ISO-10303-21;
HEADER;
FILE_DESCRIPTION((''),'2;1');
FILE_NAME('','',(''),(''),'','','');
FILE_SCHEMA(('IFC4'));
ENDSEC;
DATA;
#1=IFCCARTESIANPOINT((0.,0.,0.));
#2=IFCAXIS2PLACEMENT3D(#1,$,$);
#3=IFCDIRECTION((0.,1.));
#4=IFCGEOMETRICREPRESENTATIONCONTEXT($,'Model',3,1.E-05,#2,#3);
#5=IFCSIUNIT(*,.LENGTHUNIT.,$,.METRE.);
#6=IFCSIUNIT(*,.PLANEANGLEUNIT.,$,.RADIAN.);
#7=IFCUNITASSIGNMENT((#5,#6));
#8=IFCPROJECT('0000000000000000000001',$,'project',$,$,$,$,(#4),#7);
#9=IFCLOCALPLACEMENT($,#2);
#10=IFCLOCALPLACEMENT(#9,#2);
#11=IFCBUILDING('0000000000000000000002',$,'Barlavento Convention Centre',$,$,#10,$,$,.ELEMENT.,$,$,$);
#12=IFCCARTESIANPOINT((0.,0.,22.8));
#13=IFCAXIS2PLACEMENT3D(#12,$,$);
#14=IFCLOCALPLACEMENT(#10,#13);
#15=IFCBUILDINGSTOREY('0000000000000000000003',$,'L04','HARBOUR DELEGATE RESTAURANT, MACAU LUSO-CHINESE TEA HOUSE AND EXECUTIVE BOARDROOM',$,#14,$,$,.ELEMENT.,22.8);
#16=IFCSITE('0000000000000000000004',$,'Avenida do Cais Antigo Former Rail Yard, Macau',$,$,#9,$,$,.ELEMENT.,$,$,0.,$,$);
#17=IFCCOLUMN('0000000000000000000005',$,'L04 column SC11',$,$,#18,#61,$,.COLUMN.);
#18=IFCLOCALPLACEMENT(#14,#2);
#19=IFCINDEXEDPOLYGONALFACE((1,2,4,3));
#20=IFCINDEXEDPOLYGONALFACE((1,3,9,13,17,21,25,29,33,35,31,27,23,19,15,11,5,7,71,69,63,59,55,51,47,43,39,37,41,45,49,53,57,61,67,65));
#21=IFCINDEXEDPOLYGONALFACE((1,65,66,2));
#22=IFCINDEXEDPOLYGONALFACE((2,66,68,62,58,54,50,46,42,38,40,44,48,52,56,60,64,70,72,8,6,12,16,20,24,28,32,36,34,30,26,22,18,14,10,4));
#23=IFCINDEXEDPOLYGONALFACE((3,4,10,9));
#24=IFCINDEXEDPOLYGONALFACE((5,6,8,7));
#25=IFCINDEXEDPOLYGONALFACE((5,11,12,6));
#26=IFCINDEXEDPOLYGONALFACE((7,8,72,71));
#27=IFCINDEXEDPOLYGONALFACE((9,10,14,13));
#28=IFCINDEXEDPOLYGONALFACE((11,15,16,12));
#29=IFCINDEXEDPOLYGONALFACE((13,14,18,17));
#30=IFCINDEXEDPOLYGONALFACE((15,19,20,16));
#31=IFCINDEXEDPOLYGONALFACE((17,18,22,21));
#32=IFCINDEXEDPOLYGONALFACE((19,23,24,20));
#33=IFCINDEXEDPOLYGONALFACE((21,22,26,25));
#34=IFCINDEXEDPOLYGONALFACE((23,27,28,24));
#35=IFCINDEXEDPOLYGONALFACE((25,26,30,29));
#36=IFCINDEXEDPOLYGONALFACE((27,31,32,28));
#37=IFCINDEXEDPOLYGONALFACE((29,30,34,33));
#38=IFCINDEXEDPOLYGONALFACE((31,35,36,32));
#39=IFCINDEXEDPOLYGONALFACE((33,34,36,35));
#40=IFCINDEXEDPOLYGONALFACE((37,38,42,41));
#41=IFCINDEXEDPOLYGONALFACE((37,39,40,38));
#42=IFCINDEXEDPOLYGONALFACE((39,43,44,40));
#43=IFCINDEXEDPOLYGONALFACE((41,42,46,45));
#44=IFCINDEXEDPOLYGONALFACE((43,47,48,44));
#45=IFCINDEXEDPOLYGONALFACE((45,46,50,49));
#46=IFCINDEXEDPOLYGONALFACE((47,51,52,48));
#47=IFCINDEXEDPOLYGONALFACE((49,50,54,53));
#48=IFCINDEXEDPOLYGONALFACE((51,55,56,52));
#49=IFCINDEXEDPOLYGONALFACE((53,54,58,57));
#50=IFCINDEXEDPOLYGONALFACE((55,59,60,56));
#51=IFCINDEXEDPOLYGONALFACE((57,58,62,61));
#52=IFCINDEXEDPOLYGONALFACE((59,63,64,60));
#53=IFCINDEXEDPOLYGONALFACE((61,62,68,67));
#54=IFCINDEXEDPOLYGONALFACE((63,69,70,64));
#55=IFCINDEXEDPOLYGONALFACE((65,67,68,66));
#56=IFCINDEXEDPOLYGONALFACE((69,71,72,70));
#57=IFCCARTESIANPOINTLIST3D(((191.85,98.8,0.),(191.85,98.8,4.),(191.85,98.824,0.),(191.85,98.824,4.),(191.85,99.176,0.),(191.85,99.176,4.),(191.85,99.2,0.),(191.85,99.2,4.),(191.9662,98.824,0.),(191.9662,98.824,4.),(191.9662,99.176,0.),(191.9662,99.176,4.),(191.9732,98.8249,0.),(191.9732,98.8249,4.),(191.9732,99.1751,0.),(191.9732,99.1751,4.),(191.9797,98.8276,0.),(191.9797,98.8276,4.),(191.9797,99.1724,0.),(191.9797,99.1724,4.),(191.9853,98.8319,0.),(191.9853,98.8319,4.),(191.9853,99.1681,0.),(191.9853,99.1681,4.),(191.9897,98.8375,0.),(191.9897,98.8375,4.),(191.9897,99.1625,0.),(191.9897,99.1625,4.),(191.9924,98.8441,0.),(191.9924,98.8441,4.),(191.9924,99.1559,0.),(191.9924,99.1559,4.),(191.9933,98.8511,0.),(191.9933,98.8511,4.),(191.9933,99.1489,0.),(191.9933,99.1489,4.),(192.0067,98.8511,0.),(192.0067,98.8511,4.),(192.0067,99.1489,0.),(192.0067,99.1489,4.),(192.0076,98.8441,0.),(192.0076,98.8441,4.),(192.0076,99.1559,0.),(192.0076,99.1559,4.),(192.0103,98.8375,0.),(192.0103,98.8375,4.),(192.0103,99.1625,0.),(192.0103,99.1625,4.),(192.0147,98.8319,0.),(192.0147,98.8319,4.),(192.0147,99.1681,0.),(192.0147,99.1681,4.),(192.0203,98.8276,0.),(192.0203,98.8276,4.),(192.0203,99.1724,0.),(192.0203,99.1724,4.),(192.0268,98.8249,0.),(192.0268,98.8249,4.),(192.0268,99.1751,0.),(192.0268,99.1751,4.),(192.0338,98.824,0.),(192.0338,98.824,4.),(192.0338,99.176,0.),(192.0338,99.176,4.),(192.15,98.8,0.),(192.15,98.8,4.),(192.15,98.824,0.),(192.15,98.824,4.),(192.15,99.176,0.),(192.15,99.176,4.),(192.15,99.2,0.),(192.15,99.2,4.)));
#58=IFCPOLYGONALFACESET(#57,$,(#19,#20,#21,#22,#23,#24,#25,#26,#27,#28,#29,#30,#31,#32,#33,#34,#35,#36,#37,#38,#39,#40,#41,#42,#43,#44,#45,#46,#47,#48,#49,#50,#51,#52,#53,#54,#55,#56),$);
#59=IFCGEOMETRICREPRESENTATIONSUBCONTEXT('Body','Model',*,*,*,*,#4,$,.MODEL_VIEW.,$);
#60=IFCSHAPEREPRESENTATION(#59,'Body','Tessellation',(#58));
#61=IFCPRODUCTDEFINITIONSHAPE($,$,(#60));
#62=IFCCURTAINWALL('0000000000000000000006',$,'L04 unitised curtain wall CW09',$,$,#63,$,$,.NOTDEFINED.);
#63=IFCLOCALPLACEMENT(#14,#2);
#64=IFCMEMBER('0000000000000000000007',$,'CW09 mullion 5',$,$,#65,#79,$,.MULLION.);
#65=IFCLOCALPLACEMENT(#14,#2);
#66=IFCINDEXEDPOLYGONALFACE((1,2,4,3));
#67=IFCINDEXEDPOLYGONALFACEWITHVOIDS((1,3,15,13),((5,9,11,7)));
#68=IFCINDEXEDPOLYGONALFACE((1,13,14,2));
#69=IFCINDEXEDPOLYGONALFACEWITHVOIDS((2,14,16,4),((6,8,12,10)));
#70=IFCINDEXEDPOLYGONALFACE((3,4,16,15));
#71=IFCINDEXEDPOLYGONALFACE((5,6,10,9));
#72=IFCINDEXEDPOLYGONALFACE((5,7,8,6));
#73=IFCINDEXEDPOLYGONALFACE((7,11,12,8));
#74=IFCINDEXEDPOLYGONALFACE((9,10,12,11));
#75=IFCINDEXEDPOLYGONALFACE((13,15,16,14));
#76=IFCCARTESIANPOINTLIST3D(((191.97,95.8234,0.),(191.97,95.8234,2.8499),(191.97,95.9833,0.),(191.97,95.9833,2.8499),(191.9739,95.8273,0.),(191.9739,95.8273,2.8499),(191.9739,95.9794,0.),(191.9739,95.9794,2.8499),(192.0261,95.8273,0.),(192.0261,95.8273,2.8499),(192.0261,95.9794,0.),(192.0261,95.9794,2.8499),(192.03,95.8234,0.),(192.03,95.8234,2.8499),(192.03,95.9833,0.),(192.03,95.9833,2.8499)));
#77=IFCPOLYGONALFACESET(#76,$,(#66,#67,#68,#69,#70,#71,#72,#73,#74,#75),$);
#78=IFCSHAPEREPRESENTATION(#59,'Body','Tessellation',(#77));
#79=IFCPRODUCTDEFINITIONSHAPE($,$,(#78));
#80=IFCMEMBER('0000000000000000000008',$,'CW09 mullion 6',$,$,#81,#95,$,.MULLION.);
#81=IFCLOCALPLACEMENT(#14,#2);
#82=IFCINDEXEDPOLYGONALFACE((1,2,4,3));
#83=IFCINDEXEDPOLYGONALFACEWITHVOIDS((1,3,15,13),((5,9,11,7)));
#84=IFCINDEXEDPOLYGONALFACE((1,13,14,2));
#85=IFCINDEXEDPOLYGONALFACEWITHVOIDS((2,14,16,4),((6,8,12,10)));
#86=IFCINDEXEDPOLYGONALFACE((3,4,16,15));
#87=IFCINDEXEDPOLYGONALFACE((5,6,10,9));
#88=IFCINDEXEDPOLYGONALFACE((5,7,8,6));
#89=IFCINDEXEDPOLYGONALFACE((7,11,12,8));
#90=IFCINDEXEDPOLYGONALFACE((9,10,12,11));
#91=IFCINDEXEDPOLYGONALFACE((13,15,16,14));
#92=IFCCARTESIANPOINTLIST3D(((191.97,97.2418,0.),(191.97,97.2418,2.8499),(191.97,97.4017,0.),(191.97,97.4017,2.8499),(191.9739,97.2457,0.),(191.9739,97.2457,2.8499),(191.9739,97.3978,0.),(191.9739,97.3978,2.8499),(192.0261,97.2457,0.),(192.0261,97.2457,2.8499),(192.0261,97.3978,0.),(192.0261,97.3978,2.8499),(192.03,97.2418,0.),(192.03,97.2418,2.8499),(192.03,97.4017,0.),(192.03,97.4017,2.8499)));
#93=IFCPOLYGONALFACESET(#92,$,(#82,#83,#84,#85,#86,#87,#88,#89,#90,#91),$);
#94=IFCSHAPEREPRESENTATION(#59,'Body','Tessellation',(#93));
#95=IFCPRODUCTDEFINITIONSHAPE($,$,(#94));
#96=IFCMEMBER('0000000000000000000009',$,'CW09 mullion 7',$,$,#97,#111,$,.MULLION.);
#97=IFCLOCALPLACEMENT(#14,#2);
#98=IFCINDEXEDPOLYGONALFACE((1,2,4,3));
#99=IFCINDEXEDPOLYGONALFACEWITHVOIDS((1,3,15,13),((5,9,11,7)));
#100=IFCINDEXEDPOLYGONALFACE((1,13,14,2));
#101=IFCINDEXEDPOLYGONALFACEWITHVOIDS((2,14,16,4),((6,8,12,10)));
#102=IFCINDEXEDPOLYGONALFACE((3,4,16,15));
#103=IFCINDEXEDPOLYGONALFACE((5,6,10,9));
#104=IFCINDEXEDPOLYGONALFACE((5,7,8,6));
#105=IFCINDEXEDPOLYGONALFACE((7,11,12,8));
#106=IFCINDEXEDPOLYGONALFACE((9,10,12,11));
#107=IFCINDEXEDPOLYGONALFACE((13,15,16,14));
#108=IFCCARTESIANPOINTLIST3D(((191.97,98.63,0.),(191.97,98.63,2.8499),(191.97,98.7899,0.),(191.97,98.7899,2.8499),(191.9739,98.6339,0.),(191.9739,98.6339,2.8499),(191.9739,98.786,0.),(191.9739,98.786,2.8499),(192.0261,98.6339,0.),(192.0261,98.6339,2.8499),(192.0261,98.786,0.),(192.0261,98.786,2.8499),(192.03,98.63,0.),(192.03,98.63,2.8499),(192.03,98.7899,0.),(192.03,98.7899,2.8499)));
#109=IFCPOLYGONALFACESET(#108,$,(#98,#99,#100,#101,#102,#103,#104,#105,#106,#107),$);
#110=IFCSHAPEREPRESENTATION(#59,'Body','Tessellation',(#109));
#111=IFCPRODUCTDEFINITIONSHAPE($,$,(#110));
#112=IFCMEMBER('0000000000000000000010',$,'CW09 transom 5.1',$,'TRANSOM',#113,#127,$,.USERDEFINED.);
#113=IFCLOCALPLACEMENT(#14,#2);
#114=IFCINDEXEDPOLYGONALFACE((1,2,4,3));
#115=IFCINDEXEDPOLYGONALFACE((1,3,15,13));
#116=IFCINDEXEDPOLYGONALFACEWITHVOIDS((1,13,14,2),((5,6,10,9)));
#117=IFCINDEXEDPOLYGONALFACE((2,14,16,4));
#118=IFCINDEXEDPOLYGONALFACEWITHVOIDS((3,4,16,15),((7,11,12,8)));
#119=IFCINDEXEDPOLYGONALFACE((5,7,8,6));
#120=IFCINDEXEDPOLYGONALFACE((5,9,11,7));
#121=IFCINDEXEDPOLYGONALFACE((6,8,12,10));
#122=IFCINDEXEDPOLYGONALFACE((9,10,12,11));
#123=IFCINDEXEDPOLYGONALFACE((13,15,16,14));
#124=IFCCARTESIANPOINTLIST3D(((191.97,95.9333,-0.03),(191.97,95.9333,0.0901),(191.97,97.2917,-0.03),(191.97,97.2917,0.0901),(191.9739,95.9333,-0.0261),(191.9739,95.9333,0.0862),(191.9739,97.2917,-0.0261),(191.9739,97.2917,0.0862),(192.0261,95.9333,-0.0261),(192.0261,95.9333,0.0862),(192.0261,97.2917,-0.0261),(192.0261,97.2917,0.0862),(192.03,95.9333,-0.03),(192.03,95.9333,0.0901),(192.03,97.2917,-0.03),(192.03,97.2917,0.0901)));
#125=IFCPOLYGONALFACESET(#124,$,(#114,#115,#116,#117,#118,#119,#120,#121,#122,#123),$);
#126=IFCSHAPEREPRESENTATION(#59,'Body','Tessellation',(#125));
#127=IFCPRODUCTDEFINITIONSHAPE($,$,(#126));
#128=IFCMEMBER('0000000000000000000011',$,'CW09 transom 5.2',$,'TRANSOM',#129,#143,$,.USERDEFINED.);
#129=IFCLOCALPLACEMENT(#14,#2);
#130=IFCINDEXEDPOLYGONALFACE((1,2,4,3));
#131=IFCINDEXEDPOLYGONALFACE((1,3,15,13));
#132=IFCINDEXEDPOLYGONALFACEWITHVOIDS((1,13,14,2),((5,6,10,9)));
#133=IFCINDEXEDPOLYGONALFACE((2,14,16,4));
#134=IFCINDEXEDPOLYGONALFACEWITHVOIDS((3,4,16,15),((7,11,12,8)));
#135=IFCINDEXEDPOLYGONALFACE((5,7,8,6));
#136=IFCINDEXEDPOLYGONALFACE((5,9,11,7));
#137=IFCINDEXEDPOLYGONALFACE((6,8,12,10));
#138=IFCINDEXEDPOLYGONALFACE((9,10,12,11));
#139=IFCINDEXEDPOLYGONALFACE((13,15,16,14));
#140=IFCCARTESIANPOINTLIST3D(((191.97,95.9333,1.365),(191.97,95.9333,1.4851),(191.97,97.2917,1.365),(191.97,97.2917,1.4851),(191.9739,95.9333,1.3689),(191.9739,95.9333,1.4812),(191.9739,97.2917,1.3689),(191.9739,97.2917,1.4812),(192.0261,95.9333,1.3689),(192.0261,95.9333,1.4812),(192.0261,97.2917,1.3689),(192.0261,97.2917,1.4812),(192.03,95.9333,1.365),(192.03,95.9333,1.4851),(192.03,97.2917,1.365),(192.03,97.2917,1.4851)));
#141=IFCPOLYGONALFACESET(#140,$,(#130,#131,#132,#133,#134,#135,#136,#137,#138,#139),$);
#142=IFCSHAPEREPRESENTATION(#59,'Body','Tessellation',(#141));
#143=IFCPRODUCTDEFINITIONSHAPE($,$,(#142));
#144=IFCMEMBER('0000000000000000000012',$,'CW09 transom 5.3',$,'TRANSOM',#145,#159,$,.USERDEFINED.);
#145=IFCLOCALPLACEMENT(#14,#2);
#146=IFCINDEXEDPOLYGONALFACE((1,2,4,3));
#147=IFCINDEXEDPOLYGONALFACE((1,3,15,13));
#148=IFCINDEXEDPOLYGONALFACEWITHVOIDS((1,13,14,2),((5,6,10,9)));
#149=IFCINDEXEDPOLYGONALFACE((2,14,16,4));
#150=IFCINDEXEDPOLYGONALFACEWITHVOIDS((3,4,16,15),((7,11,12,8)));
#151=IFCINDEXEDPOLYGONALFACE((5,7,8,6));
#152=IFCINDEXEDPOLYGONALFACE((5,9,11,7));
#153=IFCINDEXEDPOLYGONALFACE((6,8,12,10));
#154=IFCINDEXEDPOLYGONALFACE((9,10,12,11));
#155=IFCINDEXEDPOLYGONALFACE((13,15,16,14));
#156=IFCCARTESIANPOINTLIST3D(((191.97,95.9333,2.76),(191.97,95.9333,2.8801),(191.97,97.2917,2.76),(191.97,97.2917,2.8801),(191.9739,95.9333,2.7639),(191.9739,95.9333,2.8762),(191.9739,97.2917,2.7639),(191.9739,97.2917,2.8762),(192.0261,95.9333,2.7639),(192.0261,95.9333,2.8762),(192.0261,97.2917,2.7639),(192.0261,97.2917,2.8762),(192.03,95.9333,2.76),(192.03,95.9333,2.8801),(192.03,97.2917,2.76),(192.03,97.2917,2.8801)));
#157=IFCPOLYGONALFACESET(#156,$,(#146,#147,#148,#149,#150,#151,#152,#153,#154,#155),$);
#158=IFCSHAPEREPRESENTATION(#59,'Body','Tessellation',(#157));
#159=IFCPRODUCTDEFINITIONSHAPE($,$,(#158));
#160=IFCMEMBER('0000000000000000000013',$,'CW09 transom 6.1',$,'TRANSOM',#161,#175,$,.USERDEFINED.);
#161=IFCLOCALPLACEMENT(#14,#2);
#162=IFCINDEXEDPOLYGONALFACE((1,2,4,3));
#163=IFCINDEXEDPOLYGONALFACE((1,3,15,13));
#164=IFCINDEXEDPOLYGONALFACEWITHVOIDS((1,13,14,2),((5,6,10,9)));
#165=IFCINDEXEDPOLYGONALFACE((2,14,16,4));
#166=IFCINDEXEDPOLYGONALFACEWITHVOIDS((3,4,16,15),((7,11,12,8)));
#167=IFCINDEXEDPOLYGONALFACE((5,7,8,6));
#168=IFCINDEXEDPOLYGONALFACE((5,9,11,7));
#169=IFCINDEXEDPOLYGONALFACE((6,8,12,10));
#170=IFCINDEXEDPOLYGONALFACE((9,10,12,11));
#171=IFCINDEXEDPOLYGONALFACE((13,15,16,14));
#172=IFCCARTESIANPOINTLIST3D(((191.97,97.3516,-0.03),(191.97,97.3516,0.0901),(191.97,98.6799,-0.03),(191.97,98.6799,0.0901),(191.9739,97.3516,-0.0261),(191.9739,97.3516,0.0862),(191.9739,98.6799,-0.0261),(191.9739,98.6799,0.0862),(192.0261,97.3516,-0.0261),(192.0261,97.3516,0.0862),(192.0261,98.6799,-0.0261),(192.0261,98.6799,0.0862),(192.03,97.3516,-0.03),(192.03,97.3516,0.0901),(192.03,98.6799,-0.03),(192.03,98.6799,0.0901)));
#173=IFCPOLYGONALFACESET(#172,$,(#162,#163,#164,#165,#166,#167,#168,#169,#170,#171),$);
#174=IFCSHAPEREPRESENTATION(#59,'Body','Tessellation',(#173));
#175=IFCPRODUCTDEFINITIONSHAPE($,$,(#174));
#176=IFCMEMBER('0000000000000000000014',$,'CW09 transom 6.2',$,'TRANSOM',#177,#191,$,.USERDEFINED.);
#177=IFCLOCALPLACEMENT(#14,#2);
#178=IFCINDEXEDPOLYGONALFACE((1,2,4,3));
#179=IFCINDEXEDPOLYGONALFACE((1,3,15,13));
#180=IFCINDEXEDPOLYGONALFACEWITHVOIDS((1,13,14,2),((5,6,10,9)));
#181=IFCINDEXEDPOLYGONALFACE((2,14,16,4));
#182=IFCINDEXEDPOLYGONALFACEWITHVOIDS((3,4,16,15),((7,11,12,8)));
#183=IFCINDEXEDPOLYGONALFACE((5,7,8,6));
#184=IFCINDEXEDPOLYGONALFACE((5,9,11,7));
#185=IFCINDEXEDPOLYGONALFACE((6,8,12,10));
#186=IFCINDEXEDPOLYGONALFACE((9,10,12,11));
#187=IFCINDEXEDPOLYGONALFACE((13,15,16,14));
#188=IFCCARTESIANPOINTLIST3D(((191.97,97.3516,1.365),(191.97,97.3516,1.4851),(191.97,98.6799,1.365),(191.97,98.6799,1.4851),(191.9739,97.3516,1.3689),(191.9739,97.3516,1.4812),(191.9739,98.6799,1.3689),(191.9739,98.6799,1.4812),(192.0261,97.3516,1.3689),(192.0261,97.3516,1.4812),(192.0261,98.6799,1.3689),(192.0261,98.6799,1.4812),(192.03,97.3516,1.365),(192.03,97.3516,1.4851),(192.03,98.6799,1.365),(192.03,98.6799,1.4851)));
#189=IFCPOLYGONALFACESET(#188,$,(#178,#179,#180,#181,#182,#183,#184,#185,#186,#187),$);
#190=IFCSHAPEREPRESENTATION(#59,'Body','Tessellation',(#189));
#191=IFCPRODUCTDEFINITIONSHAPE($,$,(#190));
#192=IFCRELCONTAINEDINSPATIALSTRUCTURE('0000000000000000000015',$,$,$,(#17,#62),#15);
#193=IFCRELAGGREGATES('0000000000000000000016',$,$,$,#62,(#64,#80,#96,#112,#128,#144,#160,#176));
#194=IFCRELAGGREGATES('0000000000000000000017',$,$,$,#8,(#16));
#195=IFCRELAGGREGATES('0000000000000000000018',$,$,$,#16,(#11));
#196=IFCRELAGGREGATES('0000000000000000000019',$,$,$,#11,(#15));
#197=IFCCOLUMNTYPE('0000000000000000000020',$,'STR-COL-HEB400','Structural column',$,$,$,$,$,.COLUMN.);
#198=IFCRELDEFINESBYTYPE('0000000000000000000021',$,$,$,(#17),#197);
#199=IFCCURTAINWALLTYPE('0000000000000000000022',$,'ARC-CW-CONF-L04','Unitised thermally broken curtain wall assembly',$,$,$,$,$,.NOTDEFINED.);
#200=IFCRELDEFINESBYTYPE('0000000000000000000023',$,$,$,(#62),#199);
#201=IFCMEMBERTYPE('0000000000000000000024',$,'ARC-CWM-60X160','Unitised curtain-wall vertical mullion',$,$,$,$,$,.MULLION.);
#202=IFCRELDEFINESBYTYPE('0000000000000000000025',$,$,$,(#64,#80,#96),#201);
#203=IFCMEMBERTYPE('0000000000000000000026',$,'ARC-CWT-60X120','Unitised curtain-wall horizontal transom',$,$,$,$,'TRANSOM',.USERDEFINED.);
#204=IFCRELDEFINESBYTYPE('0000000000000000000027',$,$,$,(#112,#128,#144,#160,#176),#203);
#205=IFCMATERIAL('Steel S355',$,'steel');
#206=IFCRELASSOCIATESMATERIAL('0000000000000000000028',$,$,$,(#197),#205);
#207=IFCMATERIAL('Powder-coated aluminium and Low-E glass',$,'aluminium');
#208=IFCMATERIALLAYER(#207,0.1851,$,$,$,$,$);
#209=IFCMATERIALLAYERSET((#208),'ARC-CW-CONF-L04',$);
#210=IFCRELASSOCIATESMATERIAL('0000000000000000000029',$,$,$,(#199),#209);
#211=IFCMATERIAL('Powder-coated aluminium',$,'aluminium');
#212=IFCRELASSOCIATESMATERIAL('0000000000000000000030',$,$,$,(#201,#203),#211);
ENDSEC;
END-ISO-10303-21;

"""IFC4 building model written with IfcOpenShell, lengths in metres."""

from ifc_helpers import new_model, si_unit, direction, frame, origin, origin_2d, place, context, subcontext, project, spatial, hollow_rectangle, i_section, extrude, material, layer, layer_set, material_profile, profile_set, type_object, element, aggregate, save


model = new_model("IFC4")

# Units and contexts
model_context = context("Model", 3, precision=1e-05, world=origin(), true_north=direction((0.0, 1.0)))
body_context = subcontext(model_context, "Body", "Model", "MODEL_VIEW")
ifc_project = project(units=[si_unit("LENGTHUNIT", "METRE"), si_unit("PLANEANGLEUNIT", "RADIAN")], contexts=[model_context])

# Site, building, storey
site_placement = place(None, origin())
site = spatial("IfcSite", under=ifc_project, at=site_placement, Name="Avenida do Cais Antigo Former Rail Yard, Macau", CompositionType="ELEMENT", RefElevation=0.0)
building_placement = place(site_placement, origin())
building = spatial("IfcBuilding", under=site, at=building_placement, Name="Barlavento Convention Centre", CompositionType="ELEMENT")
storey_placement = place(building_placement, frame((0.0, 0.0, 22.8)))
storey = spatial("IfcBuildingStorey", under=building, at=storey_placement, Name="L04", Description="HARBOUR DELEGATE RESTAURANT, MACAU LUSO-CHINESE TEA HOUSE AND EXECUTIVE BOARDROOM", CompositionType="ELEMENT", Elevation=22.8)

# Column
ifc_material_1 = material(Name="Steel S355", Category="steel")
ifc_material_profile_1 = material_profile(ifc_material_1, i_section(OverallWidth=0.3, OverallDepth=0.3999, WebThickness=0.0134, FlangeThickness=0.0239, FilletRadius=0.0271, at=origin_2d()), Name="HEB 400")
ifc_profile_set_1 = profile_set([ifc_material_profile_1], Name="Steel S355")
column_type = type_object("IfcColumnType", Name="STR-COL-HEB400", Description="Structural column", PredefinedType="COLUMN", material=ifc_profile_set_1)
column_placement = place(storey_placement, frame((192.0, 99.0, 0.0), z_axis=(0.0, 0.0, 1.0), x_axis=(1.0, 0.0, 0.0)))
element("IfcColumn", 1, at=column_placement, inside=storey, type_object=column_type, Name="L04 column SC11", PredefinedType="COLUMN", context=body_context, shape_type="SweptSolid", body=[
    extrude(i_section(OverallWidth=0.3, OverallDepth=0.3999, WebThickness=0.0134, FlangeThickness=0.0239, FilletRadius=0.0271, at=origin_2d()), origin(), (0.0, 0.0, 1.0), 4.0),
])

# Curtain wall, members
ifc_material_2 = material(Name="Powder-coated aluminium and Low-E glass", Category="aluminium")
ifc_layer_1 = layer(ifc_material_2, 0.1851)
ifc_layer_set_1 = layer_set([ifc_layer_1], Name="ARC-CW-CONF-L04")
curtain_wall_type = type_object("IfcCurtainWallType", Name="ARC-CW-CONF-L04", Description="Unitised thermally broken curtain wall assembly", PredefinedType="NOTDEFINED", material=ifc_layer_set_1)
curtain_wall_placement = place(storey_placement, origin())
curtain_wall = element("IfcCurtainWall", 2, at=curtain_wall_placement, inside=storey, type_object=curtain_wall_type, Name="L04 unitised curtain wall CW09", PredefinedType="NOTDEFINED")
ifc_material_3 = material(Name="Powder-coated aluminium", Category="aluminium")
ifc_material_profile_2 = material_profile(ifc_material_3, hollow_rectangle(XDim=0.0601, YDim=0.1599, WallThickness=0.0039, at=origin_2d()), Name="AL-MULL 60x160x4")
ifc_profile_set_2 = profile_set([ifc_material_profile_2], Name="Powder-coated aluminium")
member_type_1 = type_object("IfcMemberType", Name="ARC-CWM-60X160", Description="Unitised curtain-wall vertical mullion", PredefinedType="MULLION", material=ifc_profile_set_2)
member_1_placement = place(storey_placement, frame((192.0, 95.9033, 0.0), z_axis=(0.0, 0.0, 1.0), x_axis=(-1.0, 0.0, 0.0)))
member_1 = element("IfcMember", 3, at=member_1_placement, type_object=member_type_1, Name="CW09 mullion 5", PredefinedType="MULLION", context=body_context, shape_type="SweptSolid", body=[
    extrude(hollow_rectangle(XDim=0.0601, YDim=0.1599, WallThickness=0.0039, at=origin_2d()), origin(), (0.0, 0.0, 1.0), 2.8499),
])
member_2_placement = place(storey_placement, frame((192.0, 97.3218, 0.0), z_axis=(0.0, 0.0, 1.0), x_axis=(-1.0, 0.0, 0.0)))
member_2 = element("IfcMember", 4, at=member_2_placement, type_object=member_type_1, Name="CW09 mullion 6", PredefinedType="MULLION", context=body_context, shape_type="SweptSolid", body=[
    extrude(hollow_rectangle(XDim=0.0601, YDim=0.1599, WallThickness=0.0039, at=origin_2d()), origin(), (0.0, 0.0, 1.0), 2.8499),
])
member_3_placement = place(storey_placement, frame((192.0, 98.71, 0.0), z_axis=(0.0, 0.0, 1.0), x_axis=(-1.0, 0.0, 0.0)))
member_3 = element("IfcMember", 5, at=member_3_placement, type_object=member_type_1, Name="CW09 mullion 7", PredefinedType="MULLION", context=body_context, shape_type="SweptSolid", body=[
    extrude(hollow_rectangle(XDim=0.0601, YDim=0.1599, WallThickness=0.0039, at=origin_2d()), origin(), (0.0, 0.0, 1.0), 2.8499),
])
ifc_material_profile_3 = material_profile(ifc_material_3, hollow_rectangle(XDim=0.0601, YDim=0.1201, WallThickness=0.0039, at=origin_2d()), Name="AL-TRAN 60x120x4")
ifc_profile_set_3 = profile_set([ifc_material_profile_3], Name="Powder-coated aluminium")
member_type_2 = type_object("IfcMemberType", Name="ARC-CWT-60X120", Description="Unitised curtain-wall horizontal transom", ElementType="TRANSOM", PredefinedType="USERDEFINED", material=ifc_profile_set_3)
member_4_placement = place(storey_placement, frame((192.0, 95.9333, 0.03), z_axis=(0.0, 1.0, 0.0), x_axis=(-1.0, 0.0, 0.0)))
member_4 = element("IfcMember", 6, at=member_4_placement, type_object=member_type_2, Name="CW09 transom 5.1", ObjectType="TRANSOM", PredefinedType="USERDEFINED", context=body_context, shape_type="SweptSolid", body=[
    extrude(hollow_rectangle(XDim=0.0601, YDim=0.1201, WallThickness=0.0039, at=origin_2d()), origin(), (0.0, 0.0, 1.0), 1.3584),
])
member_5_placement = place(storey_placement, frame((192.0, 95.9333, 1.425), z_axis=(0.0, 1.0, 0.0), x_axis=(-1.0, 0.0, 0.0)))
member_5 = element("IfcMember", 7, at=member_5_placement, type_object=member_type_2, Name="CW09 transom 5.2", ObjectType="TRANSOM", PredefinedType="USERDEFINED", context=body_context, shape_type="SweptSolid", body=[
    extrude(hollow_rectangle(XDim=0.0601, YDim=0.1201, WallThickness=0.0039, at=origin_2d()), origin(), (0.0, 0.0, 1.0), 1.3584),
])
member_6_placement = place(storey_placement, frame((192.0, 95.9333, 2.8201), z_axis=(0.0, 1.0, 0.0), x_axis=(-1.0, 0.0, 0.0)))
member_6 = element("IfcMember", 8, at=member_6_placement, type_object=member_type_2, Name="CW09 transom 5.3", ObjectType="TRANSOM", PredefinedType="USERDEFINED", context=body_context, shape_type="SweptSolid", body=[
    extrude(hollow_rectangle(XDim=0.0601, YDim=0.1201, WallThickness=0.0039, at=origin_2d()), origin(), (0.0, 0.0, 1.0), 1.3584),
])
member_7_placement = place(storey_placement, frame((192.0, 97.3516, 0.03), z_axis=(0.0, 1.0, 0.0), x_axis=(-1.0, 0.0, 0.0)))
member_7 = element("IfcMember", 9, at=member_7_placement, type_object=member_type_2, Name="CW09 transom 6.1", ObjectType="TRANSOM", PredefinedType="USERDEFINED", context=body_context, shape_type="SweptSolid", body=[
    extrude(hollow_rectangle(XDim=0.0601, YDim=0.1201, WallThickness=0.0039, at=origin_2d()), origin(), (0.0, 0.0, 1.0), 1.3284),
])
member_8_placement = place(storey_placement, frame((192.0, 97.3516, 1.425), z_axis=(0.0, 1.0, 0.0), x_axis=(-1.0, 0.0, 0.0)))
member_8 = element("IfcMember", 10, at=member_8_placement, type_object=member_type_2, Name="CW09 transom 6.2", ObjectType="TRANSOM", PredefinedType="USERDEFINED", context=body_context, shape_type="SweptSolid", body=[
    extrude(hollow_rectangle(XDim=0.0601, YDim=0.1201, WallThickness=0.0039, at=origin_2d()), origin(), (0.0, 0.0, 1.0), 1.3284),
])
aggregate(curtain_wall, [member_1, member_2, member_3, member_4, member_5, member_6, member_7, member_8])

save(model, "model.ifc")
